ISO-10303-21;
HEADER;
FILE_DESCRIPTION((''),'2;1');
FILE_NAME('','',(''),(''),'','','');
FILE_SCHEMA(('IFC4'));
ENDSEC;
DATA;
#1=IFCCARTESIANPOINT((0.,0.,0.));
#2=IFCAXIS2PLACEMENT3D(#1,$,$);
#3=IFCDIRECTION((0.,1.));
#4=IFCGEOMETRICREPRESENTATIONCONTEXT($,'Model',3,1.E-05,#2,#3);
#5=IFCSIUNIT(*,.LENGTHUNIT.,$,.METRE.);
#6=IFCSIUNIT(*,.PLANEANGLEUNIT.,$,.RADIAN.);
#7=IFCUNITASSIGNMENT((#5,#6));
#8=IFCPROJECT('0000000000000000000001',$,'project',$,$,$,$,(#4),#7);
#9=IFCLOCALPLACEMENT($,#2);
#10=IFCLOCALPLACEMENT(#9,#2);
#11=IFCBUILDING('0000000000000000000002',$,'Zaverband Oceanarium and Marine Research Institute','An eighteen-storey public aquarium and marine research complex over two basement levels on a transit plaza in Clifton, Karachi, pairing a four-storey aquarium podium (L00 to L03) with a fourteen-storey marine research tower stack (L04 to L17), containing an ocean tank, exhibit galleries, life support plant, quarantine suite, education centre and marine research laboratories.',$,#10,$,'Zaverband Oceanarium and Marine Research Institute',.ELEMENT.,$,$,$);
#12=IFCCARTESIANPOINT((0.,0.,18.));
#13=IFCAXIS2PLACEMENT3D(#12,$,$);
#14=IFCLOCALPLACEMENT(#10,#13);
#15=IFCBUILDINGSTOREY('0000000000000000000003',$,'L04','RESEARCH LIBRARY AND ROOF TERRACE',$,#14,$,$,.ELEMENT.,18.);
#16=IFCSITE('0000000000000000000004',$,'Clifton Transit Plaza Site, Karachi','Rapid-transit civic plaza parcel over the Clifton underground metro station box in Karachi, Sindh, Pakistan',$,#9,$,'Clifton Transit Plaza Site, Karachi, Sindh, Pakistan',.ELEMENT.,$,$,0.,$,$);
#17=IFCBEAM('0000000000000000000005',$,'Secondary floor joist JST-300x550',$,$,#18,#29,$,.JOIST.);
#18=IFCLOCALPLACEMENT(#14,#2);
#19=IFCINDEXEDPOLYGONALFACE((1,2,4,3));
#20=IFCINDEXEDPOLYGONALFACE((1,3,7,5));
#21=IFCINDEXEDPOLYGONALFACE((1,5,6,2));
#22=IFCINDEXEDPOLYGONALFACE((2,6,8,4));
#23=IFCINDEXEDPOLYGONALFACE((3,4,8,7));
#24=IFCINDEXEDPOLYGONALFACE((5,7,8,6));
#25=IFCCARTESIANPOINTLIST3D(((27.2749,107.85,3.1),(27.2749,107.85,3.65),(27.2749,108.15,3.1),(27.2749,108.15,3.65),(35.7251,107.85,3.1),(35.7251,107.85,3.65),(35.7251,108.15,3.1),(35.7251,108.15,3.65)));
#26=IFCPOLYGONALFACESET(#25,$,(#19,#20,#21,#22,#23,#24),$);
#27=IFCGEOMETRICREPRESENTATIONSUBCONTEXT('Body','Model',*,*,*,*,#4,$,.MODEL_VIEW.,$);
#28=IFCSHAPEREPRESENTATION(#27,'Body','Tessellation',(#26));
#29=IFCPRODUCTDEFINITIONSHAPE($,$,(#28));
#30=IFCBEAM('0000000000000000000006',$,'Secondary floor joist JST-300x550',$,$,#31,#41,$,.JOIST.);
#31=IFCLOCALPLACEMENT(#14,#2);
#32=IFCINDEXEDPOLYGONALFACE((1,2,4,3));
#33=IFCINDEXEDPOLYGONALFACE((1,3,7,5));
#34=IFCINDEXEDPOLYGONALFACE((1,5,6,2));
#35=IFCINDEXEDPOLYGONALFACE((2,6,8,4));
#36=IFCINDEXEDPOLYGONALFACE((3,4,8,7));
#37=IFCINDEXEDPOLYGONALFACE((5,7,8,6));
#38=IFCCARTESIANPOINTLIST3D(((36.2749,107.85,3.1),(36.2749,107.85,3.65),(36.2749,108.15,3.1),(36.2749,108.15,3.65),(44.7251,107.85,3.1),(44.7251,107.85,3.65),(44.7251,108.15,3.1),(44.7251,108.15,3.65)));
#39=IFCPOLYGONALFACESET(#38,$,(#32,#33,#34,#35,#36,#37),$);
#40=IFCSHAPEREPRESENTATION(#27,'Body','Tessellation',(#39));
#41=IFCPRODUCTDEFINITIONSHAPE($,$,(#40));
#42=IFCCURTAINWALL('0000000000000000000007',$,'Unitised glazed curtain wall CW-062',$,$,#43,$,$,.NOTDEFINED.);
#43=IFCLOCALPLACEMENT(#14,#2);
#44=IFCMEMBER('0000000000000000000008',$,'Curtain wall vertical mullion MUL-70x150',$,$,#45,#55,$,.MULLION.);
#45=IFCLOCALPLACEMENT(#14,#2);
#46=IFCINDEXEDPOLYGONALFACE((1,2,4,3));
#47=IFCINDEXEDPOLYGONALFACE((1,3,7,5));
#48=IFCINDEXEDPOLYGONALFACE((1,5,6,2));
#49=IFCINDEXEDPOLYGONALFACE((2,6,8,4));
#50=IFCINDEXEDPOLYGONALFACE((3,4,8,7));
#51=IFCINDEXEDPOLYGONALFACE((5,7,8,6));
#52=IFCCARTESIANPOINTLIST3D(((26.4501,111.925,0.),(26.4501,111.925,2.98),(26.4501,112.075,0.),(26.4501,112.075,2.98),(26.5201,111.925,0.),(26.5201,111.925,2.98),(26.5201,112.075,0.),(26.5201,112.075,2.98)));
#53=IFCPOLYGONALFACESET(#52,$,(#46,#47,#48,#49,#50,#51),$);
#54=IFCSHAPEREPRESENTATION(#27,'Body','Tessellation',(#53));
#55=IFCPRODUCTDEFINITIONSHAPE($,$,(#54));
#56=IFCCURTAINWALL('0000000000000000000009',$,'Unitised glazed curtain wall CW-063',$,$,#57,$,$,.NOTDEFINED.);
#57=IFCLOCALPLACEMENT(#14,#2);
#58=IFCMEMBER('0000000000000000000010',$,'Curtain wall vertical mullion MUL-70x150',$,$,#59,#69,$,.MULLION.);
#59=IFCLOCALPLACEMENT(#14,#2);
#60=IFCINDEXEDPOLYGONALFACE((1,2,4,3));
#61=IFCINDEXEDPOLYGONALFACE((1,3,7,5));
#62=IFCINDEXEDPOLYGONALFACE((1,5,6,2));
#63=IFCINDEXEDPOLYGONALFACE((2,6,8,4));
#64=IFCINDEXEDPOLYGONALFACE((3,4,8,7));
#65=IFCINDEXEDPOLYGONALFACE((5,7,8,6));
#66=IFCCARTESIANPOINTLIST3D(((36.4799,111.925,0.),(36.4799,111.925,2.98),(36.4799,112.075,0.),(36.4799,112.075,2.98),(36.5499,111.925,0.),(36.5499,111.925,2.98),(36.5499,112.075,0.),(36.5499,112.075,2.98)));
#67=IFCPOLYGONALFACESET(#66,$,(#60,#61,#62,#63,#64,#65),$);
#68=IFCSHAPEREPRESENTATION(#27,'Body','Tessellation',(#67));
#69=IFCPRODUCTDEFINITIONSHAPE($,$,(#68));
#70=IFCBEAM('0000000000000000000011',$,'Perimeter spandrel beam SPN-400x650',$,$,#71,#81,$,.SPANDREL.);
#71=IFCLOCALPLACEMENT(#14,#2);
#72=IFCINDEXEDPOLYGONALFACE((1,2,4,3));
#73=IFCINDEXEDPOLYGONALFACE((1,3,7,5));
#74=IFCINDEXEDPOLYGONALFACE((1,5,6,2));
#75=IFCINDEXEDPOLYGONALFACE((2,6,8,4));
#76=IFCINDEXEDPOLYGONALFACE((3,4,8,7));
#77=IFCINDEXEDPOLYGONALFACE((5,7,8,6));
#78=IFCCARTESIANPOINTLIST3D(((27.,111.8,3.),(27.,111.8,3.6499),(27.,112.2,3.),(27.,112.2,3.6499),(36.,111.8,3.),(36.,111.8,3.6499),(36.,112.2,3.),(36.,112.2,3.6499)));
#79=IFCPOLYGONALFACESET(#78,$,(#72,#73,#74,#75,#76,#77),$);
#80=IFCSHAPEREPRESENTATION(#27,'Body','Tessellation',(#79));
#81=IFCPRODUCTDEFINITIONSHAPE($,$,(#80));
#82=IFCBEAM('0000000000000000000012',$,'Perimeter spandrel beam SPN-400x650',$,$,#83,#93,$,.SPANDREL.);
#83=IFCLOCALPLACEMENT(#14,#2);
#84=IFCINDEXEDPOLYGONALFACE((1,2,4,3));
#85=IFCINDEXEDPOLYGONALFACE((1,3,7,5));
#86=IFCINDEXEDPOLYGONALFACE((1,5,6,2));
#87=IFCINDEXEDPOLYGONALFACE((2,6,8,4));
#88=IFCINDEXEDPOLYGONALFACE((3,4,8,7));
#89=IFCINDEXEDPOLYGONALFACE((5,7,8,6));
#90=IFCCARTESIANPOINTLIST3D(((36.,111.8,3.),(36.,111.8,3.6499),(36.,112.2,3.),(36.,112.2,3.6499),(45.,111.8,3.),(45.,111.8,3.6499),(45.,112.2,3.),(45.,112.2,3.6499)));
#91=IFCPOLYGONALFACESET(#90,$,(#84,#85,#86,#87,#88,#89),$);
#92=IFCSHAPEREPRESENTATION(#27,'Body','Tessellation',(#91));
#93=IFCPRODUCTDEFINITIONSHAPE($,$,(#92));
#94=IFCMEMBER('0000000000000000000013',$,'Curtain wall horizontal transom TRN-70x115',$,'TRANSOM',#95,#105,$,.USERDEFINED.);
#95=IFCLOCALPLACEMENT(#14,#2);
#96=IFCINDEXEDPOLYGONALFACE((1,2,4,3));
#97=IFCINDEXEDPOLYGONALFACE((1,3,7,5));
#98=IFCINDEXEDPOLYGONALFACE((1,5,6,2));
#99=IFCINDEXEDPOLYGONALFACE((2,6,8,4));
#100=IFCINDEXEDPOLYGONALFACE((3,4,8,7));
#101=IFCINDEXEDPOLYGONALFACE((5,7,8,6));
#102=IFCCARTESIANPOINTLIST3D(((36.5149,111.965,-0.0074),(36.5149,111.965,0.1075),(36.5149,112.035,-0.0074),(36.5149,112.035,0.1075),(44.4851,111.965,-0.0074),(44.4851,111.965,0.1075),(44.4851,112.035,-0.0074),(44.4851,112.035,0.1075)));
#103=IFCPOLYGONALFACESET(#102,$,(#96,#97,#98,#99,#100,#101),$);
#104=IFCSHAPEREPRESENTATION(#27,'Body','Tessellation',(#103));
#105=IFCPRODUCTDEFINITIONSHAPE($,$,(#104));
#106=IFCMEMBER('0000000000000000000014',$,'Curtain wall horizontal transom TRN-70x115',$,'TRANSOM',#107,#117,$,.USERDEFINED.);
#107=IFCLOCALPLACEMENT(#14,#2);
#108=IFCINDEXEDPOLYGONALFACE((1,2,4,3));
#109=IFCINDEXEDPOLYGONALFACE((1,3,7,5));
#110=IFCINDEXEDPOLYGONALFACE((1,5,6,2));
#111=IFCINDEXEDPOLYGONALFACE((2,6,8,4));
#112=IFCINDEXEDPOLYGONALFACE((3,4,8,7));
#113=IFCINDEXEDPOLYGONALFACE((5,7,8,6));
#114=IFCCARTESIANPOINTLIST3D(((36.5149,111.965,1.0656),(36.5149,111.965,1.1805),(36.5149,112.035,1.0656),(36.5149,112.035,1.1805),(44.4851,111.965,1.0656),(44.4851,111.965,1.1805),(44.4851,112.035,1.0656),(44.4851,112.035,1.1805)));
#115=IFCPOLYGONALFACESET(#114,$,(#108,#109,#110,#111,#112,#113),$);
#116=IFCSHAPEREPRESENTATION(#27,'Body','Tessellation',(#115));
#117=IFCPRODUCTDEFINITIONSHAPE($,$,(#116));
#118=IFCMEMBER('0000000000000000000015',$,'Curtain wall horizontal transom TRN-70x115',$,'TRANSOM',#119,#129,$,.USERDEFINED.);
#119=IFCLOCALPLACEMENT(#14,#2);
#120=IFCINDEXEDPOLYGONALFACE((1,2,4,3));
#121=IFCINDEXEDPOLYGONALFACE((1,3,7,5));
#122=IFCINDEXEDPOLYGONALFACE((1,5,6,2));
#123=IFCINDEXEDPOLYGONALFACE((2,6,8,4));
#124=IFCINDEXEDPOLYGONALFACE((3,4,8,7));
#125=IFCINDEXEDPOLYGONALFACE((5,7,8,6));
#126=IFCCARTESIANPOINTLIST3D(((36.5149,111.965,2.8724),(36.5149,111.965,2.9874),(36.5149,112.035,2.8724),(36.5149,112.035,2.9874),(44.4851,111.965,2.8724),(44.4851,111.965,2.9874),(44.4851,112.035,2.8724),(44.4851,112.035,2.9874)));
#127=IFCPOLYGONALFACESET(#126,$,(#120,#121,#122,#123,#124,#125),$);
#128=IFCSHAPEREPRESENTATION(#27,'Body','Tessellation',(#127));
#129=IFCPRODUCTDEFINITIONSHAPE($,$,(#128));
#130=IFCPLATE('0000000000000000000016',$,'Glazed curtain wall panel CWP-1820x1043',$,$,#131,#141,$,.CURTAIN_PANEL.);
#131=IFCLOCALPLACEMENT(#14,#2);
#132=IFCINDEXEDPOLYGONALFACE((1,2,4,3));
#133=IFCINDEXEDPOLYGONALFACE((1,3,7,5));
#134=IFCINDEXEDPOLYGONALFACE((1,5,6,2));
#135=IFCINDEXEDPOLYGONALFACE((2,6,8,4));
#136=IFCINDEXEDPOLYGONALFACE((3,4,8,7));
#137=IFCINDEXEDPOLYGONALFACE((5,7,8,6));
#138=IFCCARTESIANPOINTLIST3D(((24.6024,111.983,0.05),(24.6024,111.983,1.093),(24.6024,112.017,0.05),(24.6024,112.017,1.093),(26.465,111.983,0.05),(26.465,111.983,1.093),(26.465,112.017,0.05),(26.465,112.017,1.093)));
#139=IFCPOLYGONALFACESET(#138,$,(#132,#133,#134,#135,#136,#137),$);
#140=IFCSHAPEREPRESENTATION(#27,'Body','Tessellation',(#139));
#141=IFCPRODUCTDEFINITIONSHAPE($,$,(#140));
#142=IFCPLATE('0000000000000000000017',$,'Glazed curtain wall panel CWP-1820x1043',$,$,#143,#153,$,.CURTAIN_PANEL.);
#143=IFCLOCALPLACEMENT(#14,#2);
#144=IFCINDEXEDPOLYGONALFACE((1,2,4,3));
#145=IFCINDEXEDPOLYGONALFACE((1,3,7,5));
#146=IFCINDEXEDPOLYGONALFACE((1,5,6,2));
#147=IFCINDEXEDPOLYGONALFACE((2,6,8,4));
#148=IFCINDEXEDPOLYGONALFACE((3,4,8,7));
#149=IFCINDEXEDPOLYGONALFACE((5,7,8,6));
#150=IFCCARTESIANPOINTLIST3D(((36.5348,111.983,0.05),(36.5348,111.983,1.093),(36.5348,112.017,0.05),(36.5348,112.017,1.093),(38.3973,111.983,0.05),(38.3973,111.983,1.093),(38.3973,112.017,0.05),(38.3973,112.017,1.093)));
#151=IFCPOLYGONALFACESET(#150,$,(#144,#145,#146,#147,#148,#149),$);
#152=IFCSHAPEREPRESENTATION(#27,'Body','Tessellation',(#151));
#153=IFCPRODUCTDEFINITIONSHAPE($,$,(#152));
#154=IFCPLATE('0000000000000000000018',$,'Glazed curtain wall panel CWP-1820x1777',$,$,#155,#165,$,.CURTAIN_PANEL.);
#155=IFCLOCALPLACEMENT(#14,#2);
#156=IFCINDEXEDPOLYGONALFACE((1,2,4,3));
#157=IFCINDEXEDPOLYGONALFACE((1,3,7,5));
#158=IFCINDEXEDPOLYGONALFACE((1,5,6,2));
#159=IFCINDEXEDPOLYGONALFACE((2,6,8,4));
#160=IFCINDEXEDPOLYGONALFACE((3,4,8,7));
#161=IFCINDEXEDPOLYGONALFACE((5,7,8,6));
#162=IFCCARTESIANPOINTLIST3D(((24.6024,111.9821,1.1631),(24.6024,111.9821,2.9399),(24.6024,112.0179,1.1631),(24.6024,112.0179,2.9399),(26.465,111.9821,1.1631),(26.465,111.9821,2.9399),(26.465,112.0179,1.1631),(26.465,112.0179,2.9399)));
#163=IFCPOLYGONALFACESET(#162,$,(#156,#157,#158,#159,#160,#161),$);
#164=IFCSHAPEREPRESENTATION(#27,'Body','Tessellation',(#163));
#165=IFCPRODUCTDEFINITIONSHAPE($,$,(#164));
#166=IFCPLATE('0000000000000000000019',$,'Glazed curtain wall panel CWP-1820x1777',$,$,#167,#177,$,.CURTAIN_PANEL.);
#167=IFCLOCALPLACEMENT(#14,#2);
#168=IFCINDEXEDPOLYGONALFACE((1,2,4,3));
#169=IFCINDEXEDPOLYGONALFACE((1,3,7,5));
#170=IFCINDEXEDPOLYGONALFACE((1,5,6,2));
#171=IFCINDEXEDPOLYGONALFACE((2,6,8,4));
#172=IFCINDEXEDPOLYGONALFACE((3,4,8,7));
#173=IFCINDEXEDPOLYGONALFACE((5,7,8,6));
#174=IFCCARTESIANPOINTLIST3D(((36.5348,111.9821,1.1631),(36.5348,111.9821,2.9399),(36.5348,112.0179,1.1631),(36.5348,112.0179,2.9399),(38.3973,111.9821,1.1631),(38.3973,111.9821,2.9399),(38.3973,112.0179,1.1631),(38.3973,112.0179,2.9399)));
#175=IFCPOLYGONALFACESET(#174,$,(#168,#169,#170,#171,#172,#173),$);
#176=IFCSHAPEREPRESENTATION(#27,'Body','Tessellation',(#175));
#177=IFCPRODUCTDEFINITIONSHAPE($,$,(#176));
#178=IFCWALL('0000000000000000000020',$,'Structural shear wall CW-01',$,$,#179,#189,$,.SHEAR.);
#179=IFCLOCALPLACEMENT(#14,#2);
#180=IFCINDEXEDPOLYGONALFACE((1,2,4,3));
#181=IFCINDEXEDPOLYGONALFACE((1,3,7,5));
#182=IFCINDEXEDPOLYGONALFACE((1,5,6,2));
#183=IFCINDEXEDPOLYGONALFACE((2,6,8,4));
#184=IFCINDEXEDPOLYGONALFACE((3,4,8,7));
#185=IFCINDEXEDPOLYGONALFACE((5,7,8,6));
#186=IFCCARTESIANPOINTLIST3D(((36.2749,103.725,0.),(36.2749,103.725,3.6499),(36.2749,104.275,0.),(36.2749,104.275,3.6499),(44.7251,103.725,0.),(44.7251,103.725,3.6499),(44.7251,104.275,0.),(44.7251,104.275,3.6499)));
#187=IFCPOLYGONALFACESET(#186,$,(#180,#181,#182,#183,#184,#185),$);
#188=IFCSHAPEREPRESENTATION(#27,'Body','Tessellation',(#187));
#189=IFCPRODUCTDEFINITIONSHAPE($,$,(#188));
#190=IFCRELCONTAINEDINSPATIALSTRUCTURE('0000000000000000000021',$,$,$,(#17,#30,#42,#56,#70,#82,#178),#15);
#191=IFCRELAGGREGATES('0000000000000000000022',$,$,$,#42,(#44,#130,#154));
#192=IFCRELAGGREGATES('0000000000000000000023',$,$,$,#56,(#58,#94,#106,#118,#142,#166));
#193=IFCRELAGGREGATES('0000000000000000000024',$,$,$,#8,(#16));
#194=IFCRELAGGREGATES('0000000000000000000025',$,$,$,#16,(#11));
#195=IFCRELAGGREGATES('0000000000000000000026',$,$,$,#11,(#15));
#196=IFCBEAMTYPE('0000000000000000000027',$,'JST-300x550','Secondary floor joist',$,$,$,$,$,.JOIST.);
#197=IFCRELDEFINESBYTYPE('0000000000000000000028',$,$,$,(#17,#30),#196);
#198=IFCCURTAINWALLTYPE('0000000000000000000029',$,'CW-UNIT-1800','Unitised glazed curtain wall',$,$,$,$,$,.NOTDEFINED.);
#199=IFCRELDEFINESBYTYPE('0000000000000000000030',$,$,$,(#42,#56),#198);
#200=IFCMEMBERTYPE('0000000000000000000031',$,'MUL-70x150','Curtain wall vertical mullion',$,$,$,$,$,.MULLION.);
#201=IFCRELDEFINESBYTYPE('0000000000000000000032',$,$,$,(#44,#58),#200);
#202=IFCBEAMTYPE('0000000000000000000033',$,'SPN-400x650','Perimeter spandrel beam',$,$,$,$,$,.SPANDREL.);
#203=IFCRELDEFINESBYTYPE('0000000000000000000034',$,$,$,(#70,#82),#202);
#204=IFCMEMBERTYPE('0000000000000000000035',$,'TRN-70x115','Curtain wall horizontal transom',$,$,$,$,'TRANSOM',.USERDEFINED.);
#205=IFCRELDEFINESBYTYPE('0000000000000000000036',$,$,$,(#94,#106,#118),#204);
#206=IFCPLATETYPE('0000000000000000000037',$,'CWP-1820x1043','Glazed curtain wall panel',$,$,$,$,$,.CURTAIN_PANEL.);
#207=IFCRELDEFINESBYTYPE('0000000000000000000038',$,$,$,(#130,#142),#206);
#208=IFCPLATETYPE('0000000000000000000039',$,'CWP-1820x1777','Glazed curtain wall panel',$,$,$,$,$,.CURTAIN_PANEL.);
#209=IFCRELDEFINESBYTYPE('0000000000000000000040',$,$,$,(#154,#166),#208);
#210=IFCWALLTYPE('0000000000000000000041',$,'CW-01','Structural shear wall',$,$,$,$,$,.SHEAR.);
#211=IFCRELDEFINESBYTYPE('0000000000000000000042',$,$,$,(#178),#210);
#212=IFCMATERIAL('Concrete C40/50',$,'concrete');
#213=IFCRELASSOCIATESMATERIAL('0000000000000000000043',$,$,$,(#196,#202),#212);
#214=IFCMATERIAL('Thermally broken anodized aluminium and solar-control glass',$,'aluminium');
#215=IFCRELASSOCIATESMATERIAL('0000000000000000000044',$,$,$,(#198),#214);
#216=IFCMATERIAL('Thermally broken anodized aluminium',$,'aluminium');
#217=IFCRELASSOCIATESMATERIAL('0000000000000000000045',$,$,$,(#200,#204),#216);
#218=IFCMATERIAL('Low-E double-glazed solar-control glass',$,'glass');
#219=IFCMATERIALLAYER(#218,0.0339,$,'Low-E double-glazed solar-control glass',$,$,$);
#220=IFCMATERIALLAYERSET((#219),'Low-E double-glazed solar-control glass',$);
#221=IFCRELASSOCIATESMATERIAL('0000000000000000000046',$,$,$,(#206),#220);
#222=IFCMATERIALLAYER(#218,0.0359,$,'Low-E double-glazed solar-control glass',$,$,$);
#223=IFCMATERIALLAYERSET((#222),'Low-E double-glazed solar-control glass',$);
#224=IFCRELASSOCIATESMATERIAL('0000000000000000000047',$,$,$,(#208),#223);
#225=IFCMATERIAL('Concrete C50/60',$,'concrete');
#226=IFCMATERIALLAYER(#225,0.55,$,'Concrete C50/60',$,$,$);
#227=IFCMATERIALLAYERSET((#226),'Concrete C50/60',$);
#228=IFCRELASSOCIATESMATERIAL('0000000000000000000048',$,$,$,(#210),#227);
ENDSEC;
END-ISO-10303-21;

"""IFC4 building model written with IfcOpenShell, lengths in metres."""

from ifc_helpers import new_model, si_unit, direction, frame, frame_2d, origin, origin_2d, place, context, subcontext, project, spatial, rectangle, extrude, material, layer, layer_set, material_profile, profile_set, type_object, element, aggregate, save


model = new_model("IFC4")

# Units and contexts
model_context = context("Model", 3, precision=1e-05, world=origin(), true_north=direction((0.0, 1.0)))
body_context = subcontext(model_context, "Body", "Model", "MODEL_VIEW")
ifc_project = project(units=[si_unit("LENGTHUNIT", "METRE"), si_unit("PLANEANGLEUNIT", "RADIAN")], contexts=[model_context])

# Site, building, storey
site_placement = place(None, origin())
site = spatial("IfcSite", under=ifc_project, at=site_placement, Name="Clifton Transit Plaza Site, Karachi", Description="Rapid-transit civic plaza parcel over the Clifton underground metro station box in Karachi, Sindh, Pakistan", LongName="Clifton Transit Plaza Site, Karachi, Sindh, Pakistan", CompositionType="ELEMENT", RefElevation=0.0)
building_placement = place(site_placement, origin())
building = spatial("IfcBuilding", under=site, at=building_placement, Name="Zaverband Oceanarium and Marine Research Institute", Description="An eighteen-storey public aquarium and marine research complex over two basement levels on a transit plaza in Clifton, Karachi, pairing a four-storey aquarium podium (L00 to L03) with a fourteen-storey marine research tower stack (L04 to L17), containing an ocean tank, exhibit galleries, life support plant, quarantine suite, education centre and marine research laboratories.", LongName="Zaverband Oceanarium and Marine Research Institute", CompositionType="ELEMENT")
storey_placement = place(building_placement, frame((0.0, 0.0, 18.0)))
storey = spatial("IfcBuildingStorey", under=building, at=storey_placement, Name="L04", Description="RESEARCH LIBRARY AND ROOF TERRACE", CompositionType="ELEMENT", Elevation=18.0)

# Shared definitions
ifc_material_1 = material(Name="Concrete C50/60", Category="concrete")

# Shared definitions
ifc_material_2 = material(Name="Concrete C40/50", Category="concrete")

# Beams
ifc_material_profile_1 = material_profile(ifc_material_2, rectangle(XDim=0.3, YDim=0.55, at=origin_2d()), Name="RC300x550")
ifc_profile_set_1 = profile_set([ifc_material_profile_1], Name="Concrete C40/50")
beam_type_1 = type_object("IfcBeamType", Name="JST-300x550", Description="Secondary floor joist", PredefinedType="JOIST", material=ifc_profile_set_1)
for number, where, z_axis, x_axis, name in (
    (1, (27.2749, 108.0, 3.375), (1.0, 0.0, 0.0), (0.0, 1.0, 0.0), "Secondary floor joist JST-300x550"),
    (2, (36.2749, 108.0, 3.375), (1.0, 0.0, 0.0), (0.0, 1.0, 0.0), "Secondary floor joist JST-300x550"),
):
    element("IfcBeam", number, at=place(storey_placement, frame(where, z_axis=z_axis, x_axis=x_axis)), inside=storey, type_object=beam_type_1, Name=name, PredefinedType="JOIST", context=body_context, shape_type="SweptSolid", body=[
        extrude(rectangle(XDim=0.3, YDim=0.55, at=origin_2d()), origin(), (0.0, 0.0, 1.0), 8.4502),
    ])

# Curtain walls, members
ifc_material_3 = material(Name="Thermally broken anodized aluminium and solar-control glass", Category="aluminium")
curtain_wall_type = type_object("IfcCurtainWallType", Name="CW-UNIT-1800", Description="Unitised glazed curtain wall", PredefinedType="NOTDEFINED", material=ifc_material_3)
curtain_wall_1_placement = place(storey_placement, origin())
curtain_wall_1 = element("IfcCurtainWall", 3, at=curtain_wall_1_placement, inside=storey, type_object=curtain_wall_type, Name="Unitised glazed curtain wall CW-062", PredefinedType="NOTDEFINED")
ifc_material_4 = material(Name="Thermally broken anodized aluminium", Category="aluminium")
ifc_material_profile_2 = material_profile(ifc_material_4, rectangle(XDim=0.0701, YDim=0.1499, at=origin_2d()), Name="AL-MUL-70x150")
ifc_profile_set_2 = profile_set([ifc_material_profile_2], Name="Thermally broken anodized aluminium")
member_type_1 = type_object("IfcMemberType", Name="MUL-70x150", Description="Curtain wall vertical mullion", PredefinedType="MULLION", material=ifc_profile_set_2)
member_1_placement = place(storey_placement, frame((26.4851, 112.0, 0.0), z_axis=(0.0, 0.0, 1.0), x_axis=(1.0, 0.0, 0.0)))
member_1 = element("IfcMember", 4, at=member_1_placement, type_object=member_type_1, Name="Curtain wall vertical mullion MUL-70x150", PredefinedType="MULLION", context=body_context, shape_type="SweptSolid", body=[
    extrude(rectangle(XDim=0.0701, YDim=0.1499, at=origin_2d()), origin(), (0.0, 0.0, 1.0), 2.98),
])
curtain_wall_2_placement = place(storey_placement, origin())
curtain_wall_2 = element("IfcCurtainWall", 5, at=curtain_wall_2_placement, inside=storey, type_object=curtain_wall_type, Name="Unitised glazed curtain wall CW-063", PredefinedType="NOTDEFINED")
member_2_placement = place(storey_placement, frame((36.5149, 112.0, 0.0), z_axis=(0.0, 0.0, 1.0), x_axis=(1.0, 0.0, 0.0)))
member_2 = element("IfcMember", 6, at=member_2_placement, type_object=member_type_1, Name="Curtain wall vertical mullion MUL-70x150", PredefinedType="MULLION", context=body_context, shape_type="SweptSolid", body=[
    extrude(rectangle(XDim=0.0701, YDim=0.1499, at=origin_2d()), origin(), (0.0, 0.0, 1.0), 2.98),
])

# Beams
ifc_material_profile_3 = material_profile(ifc_material_2, rectangle(XDim=0.3999, YDim=0.6499, at=origin_2d()), Name="RC400x650")
ifc_profile_set_3 = profile_set([ifc_material_profile_3], Name="Concrete C40/50")
beam_type_2 = type_object("IfcBeamType", Name="SPN-400x650", Description="Perimeter spandrel beam", PredefinedType="SPANDREL", material=ifc_profile_set_3)
for number, where, z_axis, x_axis, name in (
    (7, (27.0, 112.0, 3.325), (1.0, 0.0, 0.0), (0.0, 1.0, 0.0), "Perimeter spandrel beam SPN-400x650"),
    (8, (36.0, 112.0, 3.325), (1.0, 0.0, 0.0), (0.0, 1.0, 0.0), "Perimeter spandrel beam SPN-400x650"),
):
    element("IfcBeam", number, at=place(storey_placement, frame(where, z_axis=z_axis, x_axis=x_axis)), inside=storey, type_object=beam_type_2, Name=name, PredefinedType="SPANDREL", context=body_context, shape_type="SweptSolid", body=[
        extrude(rectangle(XDim=0.3999, YDim=0.6499, at=origin_2d()), origin(), (0.0, 0.0, 1.0), 9.0),
    ])

# Members
ifc_material_profile_4 = material_profile(ifc_material_4, rectangle(XDim=0.0701, YDim=0.115, at=origin_2d()), Name="AL-TRN-70x115")
ifc_profile_set_4 = profile_set([ifc_material_profile_4], Name="Thermally broken anodized aluminium")
member_type_2 = type_object("IfcMemberType", Name="TRN-70x115", Description="Curtain wall horizontal transom", ElementType="TRANSOM", PredefinedType="USERDEFINED", material=ifc_profile_set_4)
member_3_placement = place(storey_placement, frame((36.5149, 112.0, 0.05), z_axis=(1.0, 0.0, 0.0), x_axis=(0.0, 1.0, 0.0)))
member_3 = element("IfcMember", 9, at=member_3_placement, type_object=member_type_2, Name="Curtain wall horizontal transom TRN-70x115", ObjectType="TRANSOM", PredefinedType="USERDEFINED", context=body_context, shape_type="SweptSolid", body=[
    extrude(rectangle(XDim=0.0701, YDim=0.115, at=origin_2d()), origin(), (0.0, 0.0, 1.0), 7.9702),
])
member_4_placement = place(storey_placement, frame((36.5149, 112.0, 1.123), z_axis=(1.0, 0.0, 0.0), x_axis=(0.0, 1.0, 0.0)))
member_4 = element("IfcMember", 10, at=member_4_placement, type_object=member_type_2, Name="Curtain wall horizontal transom TRN-70x115", ObjectType="TRANSOM", PredefinedType="USERDEFINED", context=body_context, shape_type="SweptSolid", body=[
    extrude(rectangle(XDim=0.0701, YDim=0.115, at=origin_2d()), origin(), (0.0, 0.0, 1.0), 7.9702),
])
member_5_placement = place(storey_placement, frame((36.5149, 112.0, 2.9299), z_axis=(1.0, 0.0, 0.0), x_axis=(0.0, 1.0, 0.0)))
member_5 = element("IfcMember", 11, at=member_5_placement, type_object=member_type_2, Name="Curtain wall horizontal transom TRN-70x115", ObjectType="TRANSOM", PredefinedType="USERDEFINED", context=body_context, shape_type="SweptSolid", body=[
    extrude(rectangle(XDim=0.0701, YDim=0.115, at=origin_2d()), origin(), (0.0, 0.0, 1.0), 7.9702),
])

# Plates
ifc_material_5 = material(Name="Low-E double-glazed solar-control glass", Category="glass")
ifc_layer_1 = layer(ifc_material_5, 0.0339, Name="Low-E double-glazed solar-control glass")
ifc_layer_set_1 = layer_set([ifc_layer_1], Name="Low-E double-glazed solar-control glass")
plate_type_1 = type_object("IfcPlateType", Name="CWP-1820x1043", Description="Glazed curtain wall panel", PredefinedType="CURTAIN_PANEL", material=ifc_layer_set_1)
plate_1_placement = place(storey_placement, frame((24.6025, 112.0, 0.05), z_axis=(0.0, 0.0, 1.0), x_axis=(1.0, 0.0, 0.0)))
plate_1 = element("IfcPlate", 12, at=plate_1_placement, type_object=plate_type_1, Name="Glazed curtain wall panel CWP-1820x1043", PredefinedType="CURTAIN_PANEL", context=body_context, shape_type="SweptSolid", body=[
    extrude(rectangle(XDim=1.8625, YDim=0.0339, at=frame_2d((0.9312, 0.0))), origin(), (0.0, 0.0, 1.0), 1.043),
])
plate_2_placement = place(storey_placement, frame((36.5349, 112.0, 0.05), z_axis=(0.0, 0.0, 1.0), x_axis=(1.0, 0.0, 0.0)))
plate_2 = element("IfcPlate", 13, at=plate_2_placement, type_object=plate_type_1, Name="Glazed curtain wall panel CWP-1820x1043", PredefinedType="CURTAIN_PANEL", context=body_context, shape_type="SweptSolid", body=[
    extrude(rectangle(XDim=1.8625, YDim=0.0339, at=frame_2d((0.9312, 0.0))), origin(), (0.0, 0.0, 1.0), 1.043),
])
ifc_layer_2 = layer(ifc_material_5, 0.0359, Name="Low-E double-glazed solar-control glass")
ifc_layer_set_2 = layer_set([ifc_layer_2], Name="Low-E double-glazed solar-control glass")
plate_type_2 = type_object("IfcPlateType", Name="CWP-1820x1777", Description="Glazed curtain wall panel", PredefinedType="CURTAIN_PANEL", material=ifc_layer_set_2)
plate_3_placement = place(storey_placement, frame((24.6025, 112.0, 1.1631), z_axis=(0.0, 0.0, 1.0), x_axis=(1.0, 0.0, 0.0)))
plate_3 = element("IfcPlate", 14, at=plate_3_placement, type_object=plate_type_2, Name="Glazed curtain wall panel CWP-1820x1777", PredefinedType="CURTAIN_PANEL", context=body_context, shape_type="SweptSolid", body=[
    extrude(rectangle(XDim=1.8625, YDim=0.0359, at=frame_2d((0.9312, 0.0))), origin(), (0.0, 0.0, 1.0), 1.7769),
])
aggregate(curtain_wall_1, [member_1, plate_1, plate_3])
plate_4_placement = place(storey_placement, frame((36.5349, 112.0, 1.1631), z_axis=(0.0, 0.0, 1.0), x_axis=(1.0, 0.0, 0.0)))
plate_4 = element("IfcPlate", 15, at=plate_4_placement, type_object=plate_type_2, Name="Glazed curtain wall panel CWP-1820x1777", PredefinedType="CURTAIN_PANEL", context=body_context, shape_type="SweptSolid", body=[
    extrude(rectangle(XDim=1.8625, YDim=0.0359, at=frame_2d((0.9312, 0.0))), origin(), (0.0, 0.0, 1.0), 1.7769),
])
aggregate(curtain_wall_2, [member_2, member_3, member_4, member_5, plate_2, plate_4])

# Wall
ifc_layer_3 = layer(ifc_material_1, 0.55, Name="Concrete C50/60")
ifc_layer_set_3 = layer_set([ifc_layer_3], Name="Concrete C50/60")
wall_type_1 = type_object("IfcWallType", Name="CW-01", Description="Structural shear wall", PredefinedType="SHEAR", material=ifc_layer_set_3)
wall_1_placement = place(storey_placement, frame((36.2749, 104.0, 0.0), z_axis=(0.0, 0.0, 1.0), x_axis=(1.0, 0.0, 0.0)))
element("IfcWall", 16, at=wall_1_placement, inside=storey, type_object=wall_type_1, Name="Structural shear wall CW-01", PredefinedType="SHEAR", context=body_context, shape_type="SweptSolid", body=[
    extrude(rectangle(XDim=8.4502, YDim=0.55, at=frame_2d((4.2251, 0.0))), origin(), (0.0, 0.0, 1.0), 3.6499),
])

save(model, "model.ifc")
